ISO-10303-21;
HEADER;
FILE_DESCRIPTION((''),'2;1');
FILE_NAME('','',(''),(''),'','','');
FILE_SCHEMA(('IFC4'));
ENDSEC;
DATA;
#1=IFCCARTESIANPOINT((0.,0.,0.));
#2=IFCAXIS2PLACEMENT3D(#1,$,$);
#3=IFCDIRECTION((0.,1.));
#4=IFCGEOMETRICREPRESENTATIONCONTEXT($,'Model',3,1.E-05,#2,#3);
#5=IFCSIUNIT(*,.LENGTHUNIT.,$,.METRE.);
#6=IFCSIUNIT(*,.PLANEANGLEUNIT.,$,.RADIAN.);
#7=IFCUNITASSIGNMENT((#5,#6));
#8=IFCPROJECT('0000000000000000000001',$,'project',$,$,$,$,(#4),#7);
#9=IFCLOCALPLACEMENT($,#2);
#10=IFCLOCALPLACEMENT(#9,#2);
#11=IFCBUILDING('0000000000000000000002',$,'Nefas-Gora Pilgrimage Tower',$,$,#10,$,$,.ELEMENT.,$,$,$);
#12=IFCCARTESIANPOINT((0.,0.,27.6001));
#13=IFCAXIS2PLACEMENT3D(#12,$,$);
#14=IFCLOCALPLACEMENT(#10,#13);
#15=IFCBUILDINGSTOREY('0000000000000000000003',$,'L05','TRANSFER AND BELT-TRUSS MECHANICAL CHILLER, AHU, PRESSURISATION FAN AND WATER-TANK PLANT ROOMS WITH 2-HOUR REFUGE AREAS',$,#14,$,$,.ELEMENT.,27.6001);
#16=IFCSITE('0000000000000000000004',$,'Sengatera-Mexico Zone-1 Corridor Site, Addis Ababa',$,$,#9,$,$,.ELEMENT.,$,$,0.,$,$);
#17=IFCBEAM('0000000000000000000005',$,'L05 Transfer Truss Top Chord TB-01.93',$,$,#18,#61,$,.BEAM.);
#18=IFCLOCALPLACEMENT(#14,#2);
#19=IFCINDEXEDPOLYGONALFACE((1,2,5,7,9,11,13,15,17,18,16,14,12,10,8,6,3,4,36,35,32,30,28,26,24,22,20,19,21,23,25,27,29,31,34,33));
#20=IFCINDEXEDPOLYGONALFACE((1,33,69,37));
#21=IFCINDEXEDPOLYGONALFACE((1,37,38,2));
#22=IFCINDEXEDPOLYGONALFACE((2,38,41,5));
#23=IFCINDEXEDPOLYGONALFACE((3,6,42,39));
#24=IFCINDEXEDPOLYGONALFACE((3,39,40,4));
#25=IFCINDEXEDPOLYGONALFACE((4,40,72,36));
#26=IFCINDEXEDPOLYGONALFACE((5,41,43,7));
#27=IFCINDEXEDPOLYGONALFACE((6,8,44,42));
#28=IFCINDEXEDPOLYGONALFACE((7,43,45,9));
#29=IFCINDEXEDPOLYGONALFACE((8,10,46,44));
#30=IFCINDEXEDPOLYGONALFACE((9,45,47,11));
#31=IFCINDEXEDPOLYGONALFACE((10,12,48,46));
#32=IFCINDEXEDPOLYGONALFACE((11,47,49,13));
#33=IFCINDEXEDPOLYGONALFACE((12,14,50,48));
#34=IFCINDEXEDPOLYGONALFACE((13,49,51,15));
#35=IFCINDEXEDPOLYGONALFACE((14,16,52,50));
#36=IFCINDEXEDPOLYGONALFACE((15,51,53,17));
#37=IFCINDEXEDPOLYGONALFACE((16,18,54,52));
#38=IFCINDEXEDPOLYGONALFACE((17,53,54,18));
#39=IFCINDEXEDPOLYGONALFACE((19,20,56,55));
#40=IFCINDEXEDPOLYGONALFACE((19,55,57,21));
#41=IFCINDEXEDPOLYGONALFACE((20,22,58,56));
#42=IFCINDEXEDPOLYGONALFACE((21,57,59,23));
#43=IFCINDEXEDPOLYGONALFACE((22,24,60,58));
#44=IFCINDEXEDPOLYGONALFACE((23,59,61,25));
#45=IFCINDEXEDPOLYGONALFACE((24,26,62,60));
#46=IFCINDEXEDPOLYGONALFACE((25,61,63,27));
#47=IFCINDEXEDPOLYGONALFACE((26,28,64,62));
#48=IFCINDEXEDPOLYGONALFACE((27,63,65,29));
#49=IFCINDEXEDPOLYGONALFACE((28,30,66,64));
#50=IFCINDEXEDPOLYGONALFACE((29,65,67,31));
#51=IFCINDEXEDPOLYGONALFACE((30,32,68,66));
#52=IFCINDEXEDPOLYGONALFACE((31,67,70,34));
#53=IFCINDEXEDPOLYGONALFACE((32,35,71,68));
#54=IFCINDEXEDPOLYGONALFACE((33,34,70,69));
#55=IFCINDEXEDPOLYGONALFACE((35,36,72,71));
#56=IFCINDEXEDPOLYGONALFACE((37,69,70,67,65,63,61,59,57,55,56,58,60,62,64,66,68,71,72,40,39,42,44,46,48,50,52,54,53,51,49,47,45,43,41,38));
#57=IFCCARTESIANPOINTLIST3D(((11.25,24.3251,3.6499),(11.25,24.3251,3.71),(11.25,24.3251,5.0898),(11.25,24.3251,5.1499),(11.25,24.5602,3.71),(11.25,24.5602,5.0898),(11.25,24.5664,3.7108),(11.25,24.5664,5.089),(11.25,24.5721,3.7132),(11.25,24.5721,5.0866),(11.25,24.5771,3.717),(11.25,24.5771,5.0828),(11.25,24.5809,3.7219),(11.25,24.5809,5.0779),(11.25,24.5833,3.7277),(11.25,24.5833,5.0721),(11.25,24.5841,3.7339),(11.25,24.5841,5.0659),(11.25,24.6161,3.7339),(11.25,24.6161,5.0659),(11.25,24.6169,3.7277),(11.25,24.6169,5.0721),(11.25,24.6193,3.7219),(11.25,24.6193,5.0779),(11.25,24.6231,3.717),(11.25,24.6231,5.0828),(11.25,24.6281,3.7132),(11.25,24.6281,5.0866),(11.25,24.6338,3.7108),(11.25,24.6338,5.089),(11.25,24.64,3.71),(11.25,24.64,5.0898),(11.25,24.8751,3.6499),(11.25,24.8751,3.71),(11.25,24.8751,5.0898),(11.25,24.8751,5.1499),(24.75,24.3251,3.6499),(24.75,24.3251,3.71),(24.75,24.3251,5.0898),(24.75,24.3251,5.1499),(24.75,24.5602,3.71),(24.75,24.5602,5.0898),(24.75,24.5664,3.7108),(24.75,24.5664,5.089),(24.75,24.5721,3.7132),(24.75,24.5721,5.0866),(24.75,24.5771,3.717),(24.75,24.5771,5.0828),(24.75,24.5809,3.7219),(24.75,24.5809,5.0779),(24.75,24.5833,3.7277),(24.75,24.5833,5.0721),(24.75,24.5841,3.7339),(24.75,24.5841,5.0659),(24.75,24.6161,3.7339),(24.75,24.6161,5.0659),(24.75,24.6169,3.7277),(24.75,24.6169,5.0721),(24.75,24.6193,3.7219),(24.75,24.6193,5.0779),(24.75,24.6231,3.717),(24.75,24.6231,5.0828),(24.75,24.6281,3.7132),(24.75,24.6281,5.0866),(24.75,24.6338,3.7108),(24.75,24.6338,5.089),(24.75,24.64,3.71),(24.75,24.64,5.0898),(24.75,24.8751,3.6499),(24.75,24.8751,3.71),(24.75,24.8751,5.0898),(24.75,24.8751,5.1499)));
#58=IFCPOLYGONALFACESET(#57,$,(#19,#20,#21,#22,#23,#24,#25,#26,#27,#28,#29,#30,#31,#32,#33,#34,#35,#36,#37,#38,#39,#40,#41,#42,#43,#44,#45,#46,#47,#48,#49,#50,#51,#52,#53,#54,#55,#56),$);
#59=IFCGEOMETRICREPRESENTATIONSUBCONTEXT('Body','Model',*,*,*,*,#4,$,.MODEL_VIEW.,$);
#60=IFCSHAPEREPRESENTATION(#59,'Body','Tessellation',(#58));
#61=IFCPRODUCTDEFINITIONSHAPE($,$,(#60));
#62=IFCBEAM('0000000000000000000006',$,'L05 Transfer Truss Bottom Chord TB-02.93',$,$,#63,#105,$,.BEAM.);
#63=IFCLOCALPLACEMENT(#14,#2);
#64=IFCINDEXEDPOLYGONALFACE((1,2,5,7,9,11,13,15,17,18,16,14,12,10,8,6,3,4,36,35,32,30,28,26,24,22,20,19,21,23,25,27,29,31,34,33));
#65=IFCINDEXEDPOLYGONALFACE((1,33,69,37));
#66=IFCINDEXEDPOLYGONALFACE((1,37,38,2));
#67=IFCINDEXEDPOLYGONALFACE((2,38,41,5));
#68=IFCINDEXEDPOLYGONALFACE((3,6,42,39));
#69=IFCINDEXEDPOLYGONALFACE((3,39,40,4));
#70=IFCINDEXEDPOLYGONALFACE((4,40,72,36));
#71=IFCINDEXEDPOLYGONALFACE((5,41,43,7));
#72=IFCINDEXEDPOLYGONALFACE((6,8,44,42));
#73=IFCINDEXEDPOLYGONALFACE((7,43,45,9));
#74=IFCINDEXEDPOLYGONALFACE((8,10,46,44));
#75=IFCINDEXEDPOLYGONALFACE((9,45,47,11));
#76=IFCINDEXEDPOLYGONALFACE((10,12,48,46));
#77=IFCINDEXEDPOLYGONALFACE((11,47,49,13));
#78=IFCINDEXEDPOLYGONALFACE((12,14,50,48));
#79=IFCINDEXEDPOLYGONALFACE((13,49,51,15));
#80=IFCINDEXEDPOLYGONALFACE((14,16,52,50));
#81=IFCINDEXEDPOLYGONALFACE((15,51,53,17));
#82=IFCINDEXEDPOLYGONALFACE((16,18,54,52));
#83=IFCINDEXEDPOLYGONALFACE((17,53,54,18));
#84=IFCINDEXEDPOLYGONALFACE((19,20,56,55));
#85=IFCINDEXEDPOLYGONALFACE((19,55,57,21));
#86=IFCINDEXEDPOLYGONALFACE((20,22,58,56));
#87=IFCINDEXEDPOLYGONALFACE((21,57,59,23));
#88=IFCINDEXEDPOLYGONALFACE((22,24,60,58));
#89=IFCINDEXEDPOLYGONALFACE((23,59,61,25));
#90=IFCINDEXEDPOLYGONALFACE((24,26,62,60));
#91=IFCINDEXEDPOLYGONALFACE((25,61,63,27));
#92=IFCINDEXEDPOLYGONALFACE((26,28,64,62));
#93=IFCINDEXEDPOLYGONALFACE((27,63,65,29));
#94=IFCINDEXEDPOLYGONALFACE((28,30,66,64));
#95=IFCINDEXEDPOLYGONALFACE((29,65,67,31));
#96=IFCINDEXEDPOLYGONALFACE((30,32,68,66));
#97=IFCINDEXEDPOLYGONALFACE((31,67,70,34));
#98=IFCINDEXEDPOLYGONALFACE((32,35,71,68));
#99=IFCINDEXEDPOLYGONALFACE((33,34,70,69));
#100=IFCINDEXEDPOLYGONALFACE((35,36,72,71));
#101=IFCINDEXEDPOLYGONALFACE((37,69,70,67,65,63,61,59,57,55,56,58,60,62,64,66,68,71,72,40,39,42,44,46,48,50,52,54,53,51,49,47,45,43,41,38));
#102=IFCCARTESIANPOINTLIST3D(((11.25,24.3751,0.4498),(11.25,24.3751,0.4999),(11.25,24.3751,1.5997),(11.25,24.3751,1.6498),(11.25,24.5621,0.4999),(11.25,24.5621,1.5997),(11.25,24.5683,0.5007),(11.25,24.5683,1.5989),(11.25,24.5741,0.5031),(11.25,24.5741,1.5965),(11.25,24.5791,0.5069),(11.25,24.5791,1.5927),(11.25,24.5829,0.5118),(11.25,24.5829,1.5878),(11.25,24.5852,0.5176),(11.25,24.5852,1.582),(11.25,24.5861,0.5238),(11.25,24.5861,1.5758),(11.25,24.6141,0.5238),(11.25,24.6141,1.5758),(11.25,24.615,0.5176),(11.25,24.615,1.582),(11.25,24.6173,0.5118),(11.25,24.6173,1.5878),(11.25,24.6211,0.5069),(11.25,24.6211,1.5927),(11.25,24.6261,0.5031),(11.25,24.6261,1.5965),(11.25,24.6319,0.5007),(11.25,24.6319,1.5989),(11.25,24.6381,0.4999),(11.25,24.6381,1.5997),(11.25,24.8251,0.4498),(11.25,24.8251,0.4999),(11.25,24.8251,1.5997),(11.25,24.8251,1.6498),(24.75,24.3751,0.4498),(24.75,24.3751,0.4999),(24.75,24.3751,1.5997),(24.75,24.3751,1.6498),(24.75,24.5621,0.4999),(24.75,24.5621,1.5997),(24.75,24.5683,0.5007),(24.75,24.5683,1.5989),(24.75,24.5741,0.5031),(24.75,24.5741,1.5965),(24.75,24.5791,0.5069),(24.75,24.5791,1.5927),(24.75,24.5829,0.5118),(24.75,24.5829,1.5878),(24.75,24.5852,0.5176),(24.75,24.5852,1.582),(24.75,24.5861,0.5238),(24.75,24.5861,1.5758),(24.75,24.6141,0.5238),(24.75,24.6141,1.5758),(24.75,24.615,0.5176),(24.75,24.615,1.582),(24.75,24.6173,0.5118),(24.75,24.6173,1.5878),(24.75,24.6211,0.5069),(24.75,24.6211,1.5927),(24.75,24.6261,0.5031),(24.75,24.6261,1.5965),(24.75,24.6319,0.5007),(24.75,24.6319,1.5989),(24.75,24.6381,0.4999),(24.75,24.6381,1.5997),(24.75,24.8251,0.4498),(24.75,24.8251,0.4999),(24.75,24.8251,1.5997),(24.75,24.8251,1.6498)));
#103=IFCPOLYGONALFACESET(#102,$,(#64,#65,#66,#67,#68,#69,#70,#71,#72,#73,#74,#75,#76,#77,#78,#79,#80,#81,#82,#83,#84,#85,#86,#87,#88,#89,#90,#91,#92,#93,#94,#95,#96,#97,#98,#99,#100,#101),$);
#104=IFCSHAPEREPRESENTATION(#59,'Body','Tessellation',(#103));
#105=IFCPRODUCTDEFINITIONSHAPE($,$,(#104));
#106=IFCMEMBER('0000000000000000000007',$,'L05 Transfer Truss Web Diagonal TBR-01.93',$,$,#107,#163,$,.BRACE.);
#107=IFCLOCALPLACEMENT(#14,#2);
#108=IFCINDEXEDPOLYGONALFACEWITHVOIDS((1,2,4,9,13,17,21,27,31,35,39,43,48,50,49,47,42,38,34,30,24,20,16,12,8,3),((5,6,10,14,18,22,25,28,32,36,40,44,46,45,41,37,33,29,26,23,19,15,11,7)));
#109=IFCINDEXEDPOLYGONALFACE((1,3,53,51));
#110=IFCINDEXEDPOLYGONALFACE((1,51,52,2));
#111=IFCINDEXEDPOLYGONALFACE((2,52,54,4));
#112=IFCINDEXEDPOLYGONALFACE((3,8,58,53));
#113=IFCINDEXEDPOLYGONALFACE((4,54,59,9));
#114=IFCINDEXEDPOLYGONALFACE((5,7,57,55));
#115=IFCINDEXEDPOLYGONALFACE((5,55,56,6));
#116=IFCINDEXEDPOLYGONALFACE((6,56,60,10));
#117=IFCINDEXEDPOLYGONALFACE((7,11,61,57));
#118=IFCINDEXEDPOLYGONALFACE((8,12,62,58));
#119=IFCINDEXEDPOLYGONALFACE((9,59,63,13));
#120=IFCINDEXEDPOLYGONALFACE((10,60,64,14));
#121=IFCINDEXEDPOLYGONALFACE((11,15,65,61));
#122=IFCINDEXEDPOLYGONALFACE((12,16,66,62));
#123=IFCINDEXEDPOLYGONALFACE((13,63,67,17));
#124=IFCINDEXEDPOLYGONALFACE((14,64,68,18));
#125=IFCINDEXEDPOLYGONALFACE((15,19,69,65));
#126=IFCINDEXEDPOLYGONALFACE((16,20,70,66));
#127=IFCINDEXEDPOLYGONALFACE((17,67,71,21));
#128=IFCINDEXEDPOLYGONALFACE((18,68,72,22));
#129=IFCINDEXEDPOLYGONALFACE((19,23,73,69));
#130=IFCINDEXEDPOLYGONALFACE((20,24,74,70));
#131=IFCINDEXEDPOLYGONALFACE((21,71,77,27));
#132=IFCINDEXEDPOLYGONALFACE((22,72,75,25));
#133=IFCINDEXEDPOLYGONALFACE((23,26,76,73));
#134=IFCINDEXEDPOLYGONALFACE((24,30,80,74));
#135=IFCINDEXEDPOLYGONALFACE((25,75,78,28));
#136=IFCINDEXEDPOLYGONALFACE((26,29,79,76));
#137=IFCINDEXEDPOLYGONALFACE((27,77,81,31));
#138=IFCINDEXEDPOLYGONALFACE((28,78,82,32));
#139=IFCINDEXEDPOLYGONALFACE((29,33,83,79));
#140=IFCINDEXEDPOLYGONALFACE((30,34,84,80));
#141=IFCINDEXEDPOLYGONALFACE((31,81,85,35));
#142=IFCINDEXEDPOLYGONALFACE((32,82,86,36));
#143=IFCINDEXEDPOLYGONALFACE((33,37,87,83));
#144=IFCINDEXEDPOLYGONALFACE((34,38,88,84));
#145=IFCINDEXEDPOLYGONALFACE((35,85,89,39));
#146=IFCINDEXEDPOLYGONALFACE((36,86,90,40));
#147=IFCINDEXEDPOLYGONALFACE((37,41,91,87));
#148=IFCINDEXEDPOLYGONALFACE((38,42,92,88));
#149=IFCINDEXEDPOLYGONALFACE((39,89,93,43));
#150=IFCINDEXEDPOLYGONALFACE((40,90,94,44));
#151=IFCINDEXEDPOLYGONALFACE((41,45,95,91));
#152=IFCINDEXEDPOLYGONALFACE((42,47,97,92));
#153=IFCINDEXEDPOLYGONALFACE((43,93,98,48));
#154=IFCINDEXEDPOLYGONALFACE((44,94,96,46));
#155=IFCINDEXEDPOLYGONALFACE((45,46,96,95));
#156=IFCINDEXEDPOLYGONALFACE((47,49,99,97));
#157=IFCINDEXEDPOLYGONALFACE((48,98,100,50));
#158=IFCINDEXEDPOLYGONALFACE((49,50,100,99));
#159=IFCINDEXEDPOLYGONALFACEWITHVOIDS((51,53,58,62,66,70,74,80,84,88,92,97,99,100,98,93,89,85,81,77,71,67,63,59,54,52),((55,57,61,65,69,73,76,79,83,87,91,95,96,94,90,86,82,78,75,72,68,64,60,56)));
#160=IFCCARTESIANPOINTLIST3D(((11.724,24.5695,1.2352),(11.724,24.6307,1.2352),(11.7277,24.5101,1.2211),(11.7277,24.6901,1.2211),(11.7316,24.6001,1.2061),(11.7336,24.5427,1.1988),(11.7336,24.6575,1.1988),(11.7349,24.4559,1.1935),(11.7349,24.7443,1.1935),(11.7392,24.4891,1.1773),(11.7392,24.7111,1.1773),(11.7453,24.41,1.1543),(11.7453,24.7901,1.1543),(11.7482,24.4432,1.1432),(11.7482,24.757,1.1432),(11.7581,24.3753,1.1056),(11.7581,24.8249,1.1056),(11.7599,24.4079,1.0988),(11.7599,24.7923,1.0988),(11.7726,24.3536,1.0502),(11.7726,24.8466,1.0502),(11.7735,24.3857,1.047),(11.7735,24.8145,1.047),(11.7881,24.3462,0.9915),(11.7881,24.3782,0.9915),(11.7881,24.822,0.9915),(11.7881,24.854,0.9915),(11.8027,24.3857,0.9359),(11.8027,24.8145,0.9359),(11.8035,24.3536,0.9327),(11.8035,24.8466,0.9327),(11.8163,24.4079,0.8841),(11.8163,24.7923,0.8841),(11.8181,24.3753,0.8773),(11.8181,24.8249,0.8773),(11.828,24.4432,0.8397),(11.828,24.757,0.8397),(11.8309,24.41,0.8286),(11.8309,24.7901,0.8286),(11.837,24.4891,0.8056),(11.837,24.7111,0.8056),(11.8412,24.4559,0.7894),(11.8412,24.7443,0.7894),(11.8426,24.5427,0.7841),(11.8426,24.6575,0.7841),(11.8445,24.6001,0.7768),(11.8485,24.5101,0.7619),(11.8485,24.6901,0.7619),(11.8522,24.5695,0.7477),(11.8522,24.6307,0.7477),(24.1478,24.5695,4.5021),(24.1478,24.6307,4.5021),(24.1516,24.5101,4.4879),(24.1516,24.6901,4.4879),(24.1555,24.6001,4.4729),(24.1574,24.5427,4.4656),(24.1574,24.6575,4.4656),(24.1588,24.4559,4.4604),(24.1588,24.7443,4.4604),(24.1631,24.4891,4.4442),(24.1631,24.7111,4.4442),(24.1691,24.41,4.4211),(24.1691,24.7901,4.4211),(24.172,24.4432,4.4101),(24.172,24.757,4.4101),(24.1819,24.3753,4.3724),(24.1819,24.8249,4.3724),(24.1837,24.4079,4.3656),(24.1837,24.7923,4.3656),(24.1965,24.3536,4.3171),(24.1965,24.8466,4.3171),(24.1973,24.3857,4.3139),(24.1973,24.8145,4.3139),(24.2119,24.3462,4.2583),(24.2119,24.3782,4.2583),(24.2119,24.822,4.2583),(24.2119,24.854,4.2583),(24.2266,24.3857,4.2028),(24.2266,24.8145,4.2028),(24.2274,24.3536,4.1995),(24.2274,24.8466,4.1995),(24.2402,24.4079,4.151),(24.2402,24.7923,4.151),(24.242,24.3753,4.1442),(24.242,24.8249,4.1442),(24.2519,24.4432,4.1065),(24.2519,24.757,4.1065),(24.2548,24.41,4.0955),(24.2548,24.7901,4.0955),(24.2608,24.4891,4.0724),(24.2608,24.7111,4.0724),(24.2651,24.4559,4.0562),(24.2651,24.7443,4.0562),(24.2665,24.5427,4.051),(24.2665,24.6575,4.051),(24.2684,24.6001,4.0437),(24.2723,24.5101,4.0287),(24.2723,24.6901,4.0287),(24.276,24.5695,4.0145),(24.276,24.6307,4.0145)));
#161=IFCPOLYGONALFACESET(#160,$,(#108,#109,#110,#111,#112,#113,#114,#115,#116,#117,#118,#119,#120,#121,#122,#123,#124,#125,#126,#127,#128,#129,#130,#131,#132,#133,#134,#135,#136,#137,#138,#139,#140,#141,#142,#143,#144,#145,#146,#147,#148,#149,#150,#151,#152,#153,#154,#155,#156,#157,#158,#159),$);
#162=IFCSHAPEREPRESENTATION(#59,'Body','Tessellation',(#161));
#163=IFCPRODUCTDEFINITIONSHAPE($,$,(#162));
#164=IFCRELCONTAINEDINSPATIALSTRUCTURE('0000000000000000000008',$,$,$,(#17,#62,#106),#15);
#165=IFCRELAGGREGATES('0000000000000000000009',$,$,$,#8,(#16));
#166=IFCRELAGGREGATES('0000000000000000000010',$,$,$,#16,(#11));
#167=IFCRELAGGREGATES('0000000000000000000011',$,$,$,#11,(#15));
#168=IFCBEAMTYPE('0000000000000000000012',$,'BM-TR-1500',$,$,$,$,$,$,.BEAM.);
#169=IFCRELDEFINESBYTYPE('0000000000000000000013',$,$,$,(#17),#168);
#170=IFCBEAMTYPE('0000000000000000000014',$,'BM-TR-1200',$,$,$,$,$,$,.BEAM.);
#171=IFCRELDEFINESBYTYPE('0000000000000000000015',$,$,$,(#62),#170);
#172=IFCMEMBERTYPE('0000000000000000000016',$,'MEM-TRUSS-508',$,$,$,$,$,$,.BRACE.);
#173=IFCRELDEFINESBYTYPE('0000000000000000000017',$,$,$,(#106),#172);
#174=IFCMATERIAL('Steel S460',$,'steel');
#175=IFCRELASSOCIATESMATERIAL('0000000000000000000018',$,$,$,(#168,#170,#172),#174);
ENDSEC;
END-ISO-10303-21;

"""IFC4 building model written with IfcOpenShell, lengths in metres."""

from ifc_helpers import new_model, si_unit, direction, frame, origin, origin_2d, place, context, subcontext, project, spatial, hollow_circle, i_section, extrude, source, transform, mapped, material, material_profile, profile_set, type_object, element, save


model = new_model("IFC4")

# Units and contexts
model_context = context("Model", 3, precision=1e-05, world=origin(), true_north=direction((0.0, 1.0)))
body_context = subcontext(model_context, "Body", "Model", "MODEL_VIEW")
ifc_project = project(units=[si_unit("LENGTHUNIT", "METRE"), si_unit("PLANEANGLEUNIT", "RADIAN")], contexts=[model_context])

# Site, building, storey
site_placement = place(None, origin())
site = spatial("IfcSite", under=ifc_project, at=site_placement, Name="Sengatera-Mexico Zone-1 Corridor Site, Addis Ababa", CompositionType="ELEMENT", RefElevation=0.0)
building_placement = place(site_placement, origin())
building = spatial("IfcBuilding", under=site, at=building_placement, Name="Nefas-Gora Pilgrimage Tower", CompositionType="ELEMENT")
storey_placement = place(building_placement, frame((0.0, 0.0, 27.6001)))
storey = spatial("IfcBuildingStorey", under=building, at=storey_placement, Name="L05", Description="TRANSFER AND BELT-TRUSS MECHANICAL CHILLER, AHU, PRESSURISATION FAN AND WATER-TANK PLANT ROOMS WITH 2-HOUR REFUGE AREAS", CompositionType="ELEMENT", Elevation=27.6001)

# Shared definitions
ifc_material = material(Name="Steel S460", Category="steel")

# Beams
ifc_material_profile_1 = material_profile(ifc_material, i_section(OverallWidth=0.55, OverallDepth=1.5, WebThickness=0.032, FlangeThickness=0.0601, FilletRadius=0.0239, at=origin_2d()), Name="WPG 1500x550x32x60")
ifc_profile_set_1 = profile_set([ifc_material_profile_1], Name="Steel S460")
beam_type_1 = type_object("IfcBeamType", Name="BM-TR-1500", PredefinedType="BEAM", material=ifc_profile_set_1)
shared_shape_1 = source(origin(), body_context, "Body", "SweptSolid", [
    extrude(i_section(OverallWidth=0.55, OverallDepth=1.5, WebThickness=0.032, FlangeThickness=0.0601, FilletRadius=0.0239, at=origin_2d()), origin(), (0.0, 0.0, 1.0), 13.5),
])
beam_1_placement = place(storey_placement, frame((11.25, 24.6001, 4.3999), z_axis=(1.0, 0.0, 0.0), x_axis=(0.0, 1.0, 0.0)))
element("IfcBeam", 1, at=beam_1_placement, inside=storey, type_object=beam_type_1, Name="L05 Transfer Truss Top Chord TB-01.93", PredefinedType="BEAM", context=body_context, shape_type="MappedRepresentation", body=[
    mapped(shared_shape_1, transform((0.0, 0.0, 0.0), x_axis=(1.0, 0.0, 0.0), y_axis=(0.0, 1.0, 0.0), z_axis=(0.0, 0.0, 1.0), scale=1.0)),
])
ifc_material_profile_2 = material_profile(ifc_material, i_section(OverallWidth=0.45, OverallDepth=1.2, WebThickness=0.0281, FlangeThickness=0.05, FilletRadius=0.0239, at=origin_2d()), Name="WPG 1200x450x28x50")
ifc_profile_set_2 = profile_set([ifc_material_profile_2], Name="Steel S460")
beam_type_2 = type_object("IfcBeamType", Name="BM-TR-1200", PredefinedType="BEAM", material=ifc_profile_set_2)
shared_shape_2 = source(origin(), body_context, "Body", "SweptSolid", [
    extrude(i_section(OverallWidth=0.45, OverallDepth=1.2, WebThickness=0.0281, FlangeThickness=0.05, FilletRadius=0.0239, at=origin_2d()), origin(), (0.0, 0.0, 1.0), 13.5),
])
beam_2_placement = place(storey_placement, frame((11.25, 24.6001, 1.0498), z_axis=(1.0, 0.0, 0.0), x_axis=(0.0, 1.0, 0.0)))
element("IfcBeam", 2, at=beam_2_placement, inside=storey, type_object=beam_type_2, Name="L05 Transfer Truss Bottom Chord TB-02.93", PredefinedType="BEAM", context=body_context, shape_type="MappedRepresentation", body=[
    mapped(shared_shape_2, transform((0.0, 0.0, 0.0), x_axis=(1.0, 0.0, 0.0), y_axis=(0.0, 1.0, 0.0), z_axis=(0.0, 0.0, 1.0), scale=1.0)),
])

# Member
ifc_material_profile_3 = material_profile(ifc_material, hollow_circle(Radius=0.2539, WallThickness=0.032, at=origin_2d()), Name="CHS 508x32")
ifc_profile_set_3 = profile_set([ifc_material_profile_3], Name="Steel S460")
member_type = type_object("IfcMemberType", Name="MEM-TRUSS-508", PredefinedType="BRACE", material=ifc_profile_set_3)
shared_shape_3 = source(origin(), body_context, "Body", "SweptSolid", [
    extrude(hollow_circle(Radius=0.2539, WallThickness=0.032, at=origin_2d()), origin(), (0.0, 0.0, 1.0), 12.8462),
])
member_1_placement = place(storey_placement, frame((11.7881, 24.6001, 0.9915), z_axis=(0.967124, 0.0, 0.254305), x_axis=(0.0, 1.0, 0.0)))
element("IfcMember", 3, at=member_1_placement, inside=storey, type_object=member_type, Name="L05 Transfer Truss Web Diagonal TBR-01.93", PredefinedType="BRACE", context=body_context, shape_type="MappedRepresentation", body=[
    mapped(shared_shape_3, transform((0.0, 0.0, 0.0), x_axis=(1.0, 0.0, 0.0), y_axis=(0.0, 1.0, 0.0), z_axis=(0.0, 0.0, 1.0), scale=1.0)),
])

save(model, "model.ifc")
